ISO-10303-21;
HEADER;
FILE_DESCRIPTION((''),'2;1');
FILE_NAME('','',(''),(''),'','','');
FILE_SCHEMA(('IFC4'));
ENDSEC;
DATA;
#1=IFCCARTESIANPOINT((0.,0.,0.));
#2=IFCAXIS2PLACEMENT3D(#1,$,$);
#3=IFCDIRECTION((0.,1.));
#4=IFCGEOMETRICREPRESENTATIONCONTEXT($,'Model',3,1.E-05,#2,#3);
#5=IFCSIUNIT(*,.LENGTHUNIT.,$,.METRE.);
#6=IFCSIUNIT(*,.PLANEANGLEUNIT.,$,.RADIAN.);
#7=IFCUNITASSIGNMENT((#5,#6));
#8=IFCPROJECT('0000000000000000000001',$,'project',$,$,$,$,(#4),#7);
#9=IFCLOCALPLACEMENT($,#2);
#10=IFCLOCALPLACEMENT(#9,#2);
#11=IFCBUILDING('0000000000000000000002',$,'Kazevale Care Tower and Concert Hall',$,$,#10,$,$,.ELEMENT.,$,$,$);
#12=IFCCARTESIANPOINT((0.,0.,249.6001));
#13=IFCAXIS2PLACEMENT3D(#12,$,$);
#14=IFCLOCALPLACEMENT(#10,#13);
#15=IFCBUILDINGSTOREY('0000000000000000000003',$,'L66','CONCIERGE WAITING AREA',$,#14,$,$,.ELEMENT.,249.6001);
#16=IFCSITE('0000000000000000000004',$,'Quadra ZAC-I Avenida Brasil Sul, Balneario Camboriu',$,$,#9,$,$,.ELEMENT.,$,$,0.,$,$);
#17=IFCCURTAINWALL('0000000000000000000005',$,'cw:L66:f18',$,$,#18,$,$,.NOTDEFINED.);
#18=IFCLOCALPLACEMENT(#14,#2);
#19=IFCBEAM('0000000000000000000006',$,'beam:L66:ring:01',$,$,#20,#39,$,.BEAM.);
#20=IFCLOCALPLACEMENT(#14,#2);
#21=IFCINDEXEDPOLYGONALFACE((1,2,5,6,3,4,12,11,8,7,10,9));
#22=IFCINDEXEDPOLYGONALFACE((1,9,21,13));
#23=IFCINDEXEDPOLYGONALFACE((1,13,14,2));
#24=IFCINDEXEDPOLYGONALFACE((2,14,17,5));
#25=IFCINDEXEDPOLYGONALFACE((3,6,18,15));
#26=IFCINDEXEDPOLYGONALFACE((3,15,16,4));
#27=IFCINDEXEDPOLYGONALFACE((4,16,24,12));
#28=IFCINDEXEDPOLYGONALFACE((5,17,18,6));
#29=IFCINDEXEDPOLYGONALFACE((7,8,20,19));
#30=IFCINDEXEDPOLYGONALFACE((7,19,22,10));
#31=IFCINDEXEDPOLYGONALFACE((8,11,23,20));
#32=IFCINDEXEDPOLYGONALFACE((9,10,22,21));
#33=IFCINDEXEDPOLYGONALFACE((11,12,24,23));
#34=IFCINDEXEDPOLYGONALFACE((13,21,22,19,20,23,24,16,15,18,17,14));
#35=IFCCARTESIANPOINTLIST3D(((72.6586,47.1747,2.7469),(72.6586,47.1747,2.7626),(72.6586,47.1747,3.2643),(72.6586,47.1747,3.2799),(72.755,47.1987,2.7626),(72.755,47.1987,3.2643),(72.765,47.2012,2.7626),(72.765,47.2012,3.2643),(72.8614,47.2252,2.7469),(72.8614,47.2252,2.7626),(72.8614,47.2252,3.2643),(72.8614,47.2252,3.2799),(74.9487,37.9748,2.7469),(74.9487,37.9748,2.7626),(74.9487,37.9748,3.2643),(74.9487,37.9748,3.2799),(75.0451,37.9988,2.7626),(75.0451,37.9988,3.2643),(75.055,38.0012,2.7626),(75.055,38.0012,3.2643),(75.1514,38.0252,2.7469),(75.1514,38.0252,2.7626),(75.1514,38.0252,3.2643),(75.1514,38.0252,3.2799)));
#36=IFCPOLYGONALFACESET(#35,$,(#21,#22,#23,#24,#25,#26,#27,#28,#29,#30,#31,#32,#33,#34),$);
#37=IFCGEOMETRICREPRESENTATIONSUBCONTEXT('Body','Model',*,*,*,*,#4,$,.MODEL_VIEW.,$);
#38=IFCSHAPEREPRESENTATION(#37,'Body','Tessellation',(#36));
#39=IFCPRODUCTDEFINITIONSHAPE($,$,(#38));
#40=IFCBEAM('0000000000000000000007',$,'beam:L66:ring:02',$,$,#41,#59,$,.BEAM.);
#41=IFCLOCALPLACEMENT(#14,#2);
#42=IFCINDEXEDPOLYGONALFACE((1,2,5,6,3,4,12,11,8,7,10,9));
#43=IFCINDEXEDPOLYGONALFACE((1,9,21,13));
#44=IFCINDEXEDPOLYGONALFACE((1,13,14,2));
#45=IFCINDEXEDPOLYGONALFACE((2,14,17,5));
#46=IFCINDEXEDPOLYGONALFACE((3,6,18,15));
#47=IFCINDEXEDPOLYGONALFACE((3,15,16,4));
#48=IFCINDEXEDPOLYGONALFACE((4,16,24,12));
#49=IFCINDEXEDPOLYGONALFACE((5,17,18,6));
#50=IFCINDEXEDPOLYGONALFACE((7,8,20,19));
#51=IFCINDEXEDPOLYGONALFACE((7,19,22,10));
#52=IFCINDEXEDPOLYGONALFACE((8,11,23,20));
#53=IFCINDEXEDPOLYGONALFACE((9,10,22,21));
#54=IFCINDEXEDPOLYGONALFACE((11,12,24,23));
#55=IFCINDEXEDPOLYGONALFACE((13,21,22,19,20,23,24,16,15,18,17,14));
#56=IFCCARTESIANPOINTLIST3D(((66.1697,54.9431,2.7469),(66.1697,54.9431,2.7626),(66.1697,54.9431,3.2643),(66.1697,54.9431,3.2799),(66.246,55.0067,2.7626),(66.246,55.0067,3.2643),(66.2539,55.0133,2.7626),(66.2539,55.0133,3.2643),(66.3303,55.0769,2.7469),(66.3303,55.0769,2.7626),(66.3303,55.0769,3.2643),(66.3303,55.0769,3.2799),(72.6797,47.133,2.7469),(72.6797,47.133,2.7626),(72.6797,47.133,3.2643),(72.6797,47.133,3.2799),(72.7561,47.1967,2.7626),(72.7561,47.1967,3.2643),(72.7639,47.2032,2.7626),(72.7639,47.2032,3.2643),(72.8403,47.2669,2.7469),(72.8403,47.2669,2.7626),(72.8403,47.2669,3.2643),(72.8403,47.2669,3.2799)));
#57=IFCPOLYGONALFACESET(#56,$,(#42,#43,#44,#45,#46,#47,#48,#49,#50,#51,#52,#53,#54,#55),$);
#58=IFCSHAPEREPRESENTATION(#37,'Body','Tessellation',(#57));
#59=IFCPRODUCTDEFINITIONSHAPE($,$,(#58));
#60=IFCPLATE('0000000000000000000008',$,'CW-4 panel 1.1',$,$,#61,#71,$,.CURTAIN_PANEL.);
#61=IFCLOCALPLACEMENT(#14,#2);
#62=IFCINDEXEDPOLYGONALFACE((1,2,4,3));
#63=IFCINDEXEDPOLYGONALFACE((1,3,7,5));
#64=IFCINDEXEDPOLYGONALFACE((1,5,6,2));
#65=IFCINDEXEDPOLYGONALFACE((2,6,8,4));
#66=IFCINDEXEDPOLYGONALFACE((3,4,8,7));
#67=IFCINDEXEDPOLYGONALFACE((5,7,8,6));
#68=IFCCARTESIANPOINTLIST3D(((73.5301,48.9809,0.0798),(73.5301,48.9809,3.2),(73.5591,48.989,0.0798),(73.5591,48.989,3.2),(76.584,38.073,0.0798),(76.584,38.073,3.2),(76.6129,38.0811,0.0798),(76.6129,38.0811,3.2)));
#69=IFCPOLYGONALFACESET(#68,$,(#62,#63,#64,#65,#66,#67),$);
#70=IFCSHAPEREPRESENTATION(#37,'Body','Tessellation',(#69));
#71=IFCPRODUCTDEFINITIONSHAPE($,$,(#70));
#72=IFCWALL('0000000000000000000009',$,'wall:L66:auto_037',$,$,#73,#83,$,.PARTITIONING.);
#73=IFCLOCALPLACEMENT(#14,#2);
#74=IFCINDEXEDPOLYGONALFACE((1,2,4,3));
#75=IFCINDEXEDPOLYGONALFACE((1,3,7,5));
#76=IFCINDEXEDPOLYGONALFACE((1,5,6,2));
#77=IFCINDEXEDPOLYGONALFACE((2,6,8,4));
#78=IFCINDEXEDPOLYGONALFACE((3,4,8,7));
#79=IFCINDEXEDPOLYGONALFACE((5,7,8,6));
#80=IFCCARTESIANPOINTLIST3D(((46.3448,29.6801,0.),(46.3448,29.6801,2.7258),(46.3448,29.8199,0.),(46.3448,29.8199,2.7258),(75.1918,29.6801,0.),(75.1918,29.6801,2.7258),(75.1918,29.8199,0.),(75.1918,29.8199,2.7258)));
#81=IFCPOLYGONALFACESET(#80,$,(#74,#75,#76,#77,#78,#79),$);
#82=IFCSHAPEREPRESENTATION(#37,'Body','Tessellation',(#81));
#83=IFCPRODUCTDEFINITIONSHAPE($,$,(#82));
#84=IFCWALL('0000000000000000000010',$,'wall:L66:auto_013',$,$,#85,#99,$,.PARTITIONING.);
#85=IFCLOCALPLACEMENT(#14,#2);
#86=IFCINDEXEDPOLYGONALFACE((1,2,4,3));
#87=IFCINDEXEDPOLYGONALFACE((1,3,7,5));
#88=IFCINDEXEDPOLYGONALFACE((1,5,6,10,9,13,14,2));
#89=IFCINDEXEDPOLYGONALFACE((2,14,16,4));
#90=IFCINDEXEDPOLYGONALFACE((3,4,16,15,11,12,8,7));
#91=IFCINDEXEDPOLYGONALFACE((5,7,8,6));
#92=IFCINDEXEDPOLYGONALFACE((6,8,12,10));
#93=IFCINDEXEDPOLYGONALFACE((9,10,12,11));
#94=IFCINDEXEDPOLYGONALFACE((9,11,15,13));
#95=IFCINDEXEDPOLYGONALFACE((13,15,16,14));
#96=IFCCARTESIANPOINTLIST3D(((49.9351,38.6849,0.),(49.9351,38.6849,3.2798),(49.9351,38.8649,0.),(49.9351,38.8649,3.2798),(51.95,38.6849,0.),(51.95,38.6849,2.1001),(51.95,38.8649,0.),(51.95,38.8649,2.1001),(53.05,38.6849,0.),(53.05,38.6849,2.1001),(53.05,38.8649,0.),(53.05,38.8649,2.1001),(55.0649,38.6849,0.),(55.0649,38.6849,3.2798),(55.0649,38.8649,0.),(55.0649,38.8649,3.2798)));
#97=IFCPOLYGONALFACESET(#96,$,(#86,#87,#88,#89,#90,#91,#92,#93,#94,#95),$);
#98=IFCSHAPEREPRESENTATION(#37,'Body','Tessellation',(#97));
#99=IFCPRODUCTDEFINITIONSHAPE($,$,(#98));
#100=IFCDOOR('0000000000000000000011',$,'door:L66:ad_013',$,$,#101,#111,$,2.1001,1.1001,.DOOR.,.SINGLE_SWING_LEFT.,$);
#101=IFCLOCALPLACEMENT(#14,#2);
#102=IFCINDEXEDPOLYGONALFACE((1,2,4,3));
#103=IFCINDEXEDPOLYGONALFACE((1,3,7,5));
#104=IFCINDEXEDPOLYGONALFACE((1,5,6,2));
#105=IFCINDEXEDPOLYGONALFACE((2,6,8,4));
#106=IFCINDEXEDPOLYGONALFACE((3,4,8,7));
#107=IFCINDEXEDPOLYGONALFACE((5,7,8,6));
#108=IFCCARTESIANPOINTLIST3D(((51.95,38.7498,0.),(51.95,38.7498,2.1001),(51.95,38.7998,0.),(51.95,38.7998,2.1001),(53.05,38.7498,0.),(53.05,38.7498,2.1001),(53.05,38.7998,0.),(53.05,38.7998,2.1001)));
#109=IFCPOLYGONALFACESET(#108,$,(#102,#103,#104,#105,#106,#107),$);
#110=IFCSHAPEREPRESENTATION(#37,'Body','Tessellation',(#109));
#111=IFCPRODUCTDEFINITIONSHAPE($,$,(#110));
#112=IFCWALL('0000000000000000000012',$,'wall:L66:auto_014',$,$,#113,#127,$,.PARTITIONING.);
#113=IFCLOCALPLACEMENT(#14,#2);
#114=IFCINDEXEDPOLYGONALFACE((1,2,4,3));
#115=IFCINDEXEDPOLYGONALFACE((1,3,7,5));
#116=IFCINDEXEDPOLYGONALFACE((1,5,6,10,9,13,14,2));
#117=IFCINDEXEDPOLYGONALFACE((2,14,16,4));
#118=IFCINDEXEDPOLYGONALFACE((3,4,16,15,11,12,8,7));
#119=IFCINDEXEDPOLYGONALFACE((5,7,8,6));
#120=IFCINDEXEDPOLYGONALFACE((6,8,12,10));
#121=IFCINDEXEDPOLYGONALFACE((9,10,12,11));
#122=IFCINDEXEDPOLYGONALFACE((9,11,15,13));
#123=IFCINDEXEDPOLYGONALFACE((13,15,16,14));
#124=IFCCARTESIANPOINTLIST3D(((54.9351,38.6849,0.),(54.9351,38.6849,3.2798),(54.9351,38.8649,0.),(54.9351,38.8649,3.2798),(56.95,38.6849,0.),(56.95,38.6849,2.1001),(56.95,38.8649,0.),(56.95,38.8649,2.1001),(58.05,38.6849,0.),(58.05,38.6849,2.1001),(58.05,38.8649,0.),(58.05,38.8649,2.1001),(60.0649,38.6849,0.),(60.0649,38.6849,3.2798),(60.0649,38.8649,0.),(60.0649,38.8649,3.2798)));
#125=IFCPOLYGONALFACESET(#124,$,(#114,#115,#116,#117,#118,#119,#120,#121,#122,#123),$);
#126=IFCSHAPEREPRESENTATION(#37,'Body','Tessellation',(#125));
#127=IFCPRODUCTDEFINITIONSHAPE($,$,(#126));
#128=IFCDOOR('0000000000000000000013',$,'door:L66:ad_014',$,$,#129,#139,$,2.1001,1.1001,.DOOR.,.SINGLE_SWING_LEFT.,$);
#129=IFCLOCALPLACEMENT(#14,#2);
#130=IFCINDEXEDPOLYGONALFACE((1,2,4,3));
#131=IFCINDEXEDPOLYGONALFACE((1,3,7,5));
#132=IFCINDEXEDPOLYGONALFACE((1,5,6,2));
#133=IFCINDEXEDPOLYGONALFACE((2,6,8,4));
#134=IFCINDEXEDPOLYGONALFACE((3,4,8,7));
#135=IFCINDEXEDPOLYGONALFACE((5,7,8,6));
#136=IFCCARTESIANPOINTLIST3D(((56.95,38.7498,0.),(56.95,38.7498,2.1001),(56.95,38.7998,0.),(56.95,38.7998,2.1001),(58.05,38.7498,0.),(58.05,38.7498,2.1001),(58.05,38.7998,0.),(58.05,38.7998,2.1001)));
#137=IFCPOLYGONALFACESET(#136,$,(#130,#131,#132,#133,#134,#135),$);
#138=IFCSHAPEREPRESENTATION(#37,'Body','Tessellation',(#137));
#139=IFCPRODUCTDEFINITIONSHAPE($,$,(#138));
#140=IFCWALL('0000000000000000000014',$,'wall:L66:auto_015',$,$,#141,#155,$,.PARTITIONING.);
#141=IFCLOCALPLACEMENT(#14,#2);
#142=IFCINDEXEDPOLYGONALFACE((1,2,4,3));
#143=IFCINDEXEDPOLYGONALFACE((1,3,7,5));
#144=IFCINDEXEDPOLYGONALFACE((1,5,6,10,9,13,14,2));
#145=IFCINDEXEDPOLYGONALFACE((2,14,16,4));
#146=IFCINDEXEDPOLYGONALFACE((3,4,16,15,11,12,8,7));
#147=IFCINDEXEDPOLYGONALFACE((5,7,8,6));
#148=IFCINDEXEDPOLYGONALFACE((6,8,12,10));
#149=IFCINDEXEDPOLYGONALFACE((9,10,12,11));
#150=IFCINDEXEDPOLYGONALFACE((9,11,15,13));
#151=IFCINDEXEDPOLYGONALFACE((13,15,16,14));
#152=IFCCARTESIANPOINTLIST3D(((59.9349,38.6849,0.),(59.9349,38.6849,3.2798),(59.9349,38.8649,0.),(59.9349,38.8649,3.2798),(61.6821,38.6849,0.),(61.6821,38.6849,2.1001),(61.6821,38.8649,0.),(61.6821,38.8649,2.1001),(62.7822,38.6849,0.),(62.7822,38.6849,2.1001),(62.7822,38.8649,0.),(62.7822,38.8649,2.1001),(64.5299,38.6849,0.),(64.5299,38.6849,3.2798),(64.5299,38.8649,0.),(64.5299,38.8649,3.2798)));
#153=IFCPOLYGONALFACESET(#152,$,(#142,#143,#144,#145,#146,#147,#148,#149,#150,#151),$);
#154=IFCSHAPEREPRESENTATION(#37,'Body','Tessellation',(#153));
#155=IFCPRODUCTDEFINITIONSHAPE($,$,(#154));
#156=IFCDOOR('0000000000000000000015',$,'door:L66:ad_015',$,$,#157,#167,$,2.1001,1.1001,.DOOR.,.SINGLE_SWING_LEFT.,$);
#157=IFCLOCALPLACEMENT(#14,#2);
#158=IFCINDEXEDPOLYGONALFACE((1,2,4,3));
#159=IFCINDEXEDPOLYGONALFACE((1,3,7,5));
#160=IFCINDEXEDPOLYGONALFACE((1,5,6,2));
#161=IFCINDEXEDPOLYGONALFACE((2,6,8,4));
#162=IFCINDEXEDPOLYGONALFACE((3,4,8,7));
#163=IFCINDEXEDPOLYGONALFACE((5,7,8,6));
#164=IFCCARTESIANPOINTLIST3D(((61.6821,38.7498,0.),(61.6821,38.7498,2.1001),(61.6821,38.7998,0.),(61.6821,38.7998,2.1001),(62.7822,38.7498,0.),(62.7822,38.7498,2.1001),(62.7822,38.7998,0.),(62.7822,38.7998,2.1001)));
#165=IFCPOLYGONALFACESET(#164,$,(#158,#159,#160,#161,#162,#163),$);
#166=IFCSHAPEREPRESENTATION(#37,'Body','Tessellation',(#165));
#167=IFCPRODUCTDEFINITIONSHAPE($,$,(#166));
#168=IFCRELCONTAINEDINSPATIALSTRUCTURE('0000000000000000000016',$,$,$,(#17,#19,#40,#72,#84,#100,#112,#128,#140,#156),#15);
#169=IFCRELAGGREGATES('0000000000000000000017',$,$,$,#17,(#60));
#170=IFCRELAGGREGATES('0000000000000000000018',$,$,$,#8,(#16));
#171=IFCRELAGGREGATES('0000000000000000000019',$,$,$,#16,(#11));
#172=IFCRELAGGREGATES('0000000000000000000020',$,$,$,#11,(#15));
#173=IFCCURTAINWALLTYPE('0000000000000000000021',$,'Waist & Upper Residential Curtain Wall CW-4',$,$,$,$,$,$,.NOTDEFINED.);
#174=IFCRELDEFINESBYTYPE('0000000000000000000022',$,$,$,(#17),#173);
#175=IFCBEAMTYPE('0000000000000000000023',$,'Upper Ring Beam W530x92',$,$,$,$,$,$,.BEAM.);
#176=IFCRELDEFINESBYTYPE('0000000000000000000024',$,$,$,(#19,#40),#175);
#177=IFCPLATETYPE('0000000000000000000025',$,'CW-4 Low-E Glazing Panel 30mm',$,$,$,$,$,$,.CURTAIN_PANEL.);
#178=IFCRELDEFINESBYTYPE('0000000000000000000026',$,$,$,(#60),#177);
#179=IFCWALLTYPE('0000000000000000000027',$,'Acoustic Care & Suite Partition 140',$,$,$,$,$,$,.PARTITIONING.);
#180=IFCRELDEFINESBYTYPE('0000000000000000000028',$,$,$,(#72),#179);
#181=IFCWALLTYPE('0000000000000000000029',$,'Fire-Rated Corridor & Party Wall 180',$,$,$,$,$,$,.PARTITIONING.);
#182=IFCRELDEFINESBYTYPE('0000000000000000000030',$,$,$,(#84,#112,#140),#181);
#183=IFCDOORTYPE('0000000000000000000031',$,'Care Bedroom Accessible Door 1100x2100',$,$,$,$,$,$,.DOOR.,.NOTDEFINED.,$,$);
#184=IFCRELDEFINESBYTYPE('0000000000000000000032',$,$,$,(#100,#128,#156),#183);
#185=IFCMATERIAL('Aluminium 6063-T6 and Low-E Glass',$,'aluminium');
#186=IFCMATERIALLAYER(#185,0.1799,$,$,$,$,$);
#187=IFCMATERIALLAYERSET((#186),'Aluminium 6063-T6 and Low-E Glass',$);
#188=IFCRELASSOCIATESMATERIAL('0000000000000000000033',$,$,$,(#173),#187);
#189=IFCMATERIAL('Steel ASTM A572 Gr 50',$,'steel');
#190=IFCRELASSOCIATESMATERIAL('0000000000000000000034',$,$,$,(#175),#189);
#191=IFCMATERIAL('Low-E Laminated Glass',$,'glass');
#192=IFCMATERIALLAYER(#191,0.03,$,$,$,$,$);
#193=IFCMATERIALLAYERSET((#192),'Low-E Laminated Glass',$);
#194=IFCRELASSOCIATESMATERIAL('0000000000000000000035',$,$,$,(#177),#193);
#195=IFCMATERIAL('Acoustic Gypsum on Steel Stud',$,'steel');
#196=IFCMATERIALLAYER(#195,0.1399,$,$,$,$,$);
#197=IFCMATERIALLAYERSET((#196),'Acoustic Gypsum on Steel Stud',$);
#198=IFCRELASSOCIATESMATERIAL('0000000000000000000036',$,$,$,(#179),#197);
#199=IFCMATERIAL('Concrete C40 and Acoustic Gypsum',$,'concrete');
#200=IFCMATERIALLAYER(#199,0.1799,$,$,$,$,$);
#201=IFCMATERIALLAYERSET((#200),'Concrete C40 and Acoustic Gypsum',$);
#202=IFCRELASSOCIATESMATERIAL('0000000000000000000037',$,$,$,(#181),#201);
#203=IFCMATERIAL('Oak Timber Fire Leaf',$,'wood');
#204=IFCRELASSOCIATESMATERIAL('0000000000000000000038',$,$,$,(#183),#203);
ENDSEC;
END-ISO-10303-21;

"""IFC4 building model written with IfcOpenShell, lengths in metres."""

from ifc_helpers import new_model, si_unit, direction, frame, frame_2d, origin, origin_2d, place, context, subcontext, project, spatial, rectangle, i_section, extrude, material, layer, layer_set, material_profile, profile_set, type_object, element, fill, aggregate, save


model = new_model("IFC4")

# Units and contexts
model_context = context("Model", 3, precision=1e-05, world=origin(), true_north=direction((0.0, 1.0)))
body_context = subcontext(model_context, "Body", "Model", "MODEL_VIEW")
ifc_project = project(units=[si_unit("LENGTHUNIT", "METRE"), si_unit("PLANEANGLEUNIT", "RADIAN")], contexts=[model_context])

# Site, building, storey
site_placement = place(None, origin())
site = spatial("IfcSite", under=ifc_project, at=site_placement, Name="Quadra ZAC-I Avenida Brasil Sul, Balneario Camboriu", CompositionType="ELEMENT", RefElevation=0.0)
building_placement = place(site_placement, origin())
building = spatial("IfcBuilding", under=site, at=building_placement, Name="Kazevale Care Tower and Concert Hall", CompositionType="ELEMENT")
storey_placement = place(building_placement, frame((0.0, 0.0, 249.6001)))
storey = spatial("IfcBuildingStorey", under=building, at=storey_placement, Name="L66", Description="CONCIERGE WAITING AREA", CompositionType="ELEMENT", Elevation=249.6001)

# Curtain wall
ifc_material_1 = material(Name="Aluminium 6063-T6 and Low-E Glass", Category="aluminium")
ifc_layer_1 = layer(ifc_material_1, 0.1799)
ifc_layer_set_1 = layer_set([ifc_layer_1], Name="Aluminium 6063-T6 and Low-E Glass")
curtain_wall_type = type_object("IfcCurtainWallType", Name="Waist & Upper Residential Curtain Wall CW-4", PredefinedType="NOTDEFINED", material=ifc_layer_set_1)
curtain_wall_placement = place(storey_placement, origin())
curtain_wall = element("IfcCurtainWall", 1, at=curtain_wall_placement, inside=storey, type_object=curtain_wall_type, Name="cw:L66:f18", PredefinedType="NOTDEFINED")

# Beams
ifc_material_2 = material(Name="Steel ASTM A572 Gr 50", Category="steel")
ifc_material_profile_1 = material_profile(ifc_material_2, i_section(OverallWidth=0.209, OverallDepth=0.533, WebThickness=0.0103, FlangeThickness=0.0156, at=origin_2d()), Name="W530x92")
ifc_profile_set_1 = profile_set([ifc_material_profile_1], Name="Steel ASTM A572 Gr 50")
beam_type_1 = type_object("IfcBeamType", Name="Upper Ring Beam W530x92", PredefinedType="BEAM", material=ifc_profile_set_1)
beam_1_placement = place(storey_placement, frame((75.05, 38.0, 3.0134), z_axis=(-0.241548, 0.970389, 0.0), x_axis=(-0.970389, -0.241548, 0.0)))
element("IfcBeam", 2, at=beam_1_placement, inside=storey, type_object=beam_type_1, Name="beam:L66:ring:01", PredefinedType="BEAM", context=body_context, shape_type="SweptSolid", body=[
    extrude(i_section(OverallWidth=0.209, OverallDepth=0.533, WebThickness=0.0103, FlangeThickness=0.0156, at=origin_2d()), origin(), (0.0, 0.0, 1.0), 9.4807),
])
beam_2_placement = place(storey_placement, frame((72.76, 47.2, 3.0134), z_axis=(-0.640279, 0.768143, 0.0), x_axis=(-0.768143, -0.640279, 0.0)))
element("IfcBeam", 3, at=beam_2_placement, inside=storey, type_object=beam_type_1, Name="beam:L66:ring:02", PredefinedType="BEAM", context=body_context, shape_type="SweptSolid", body=[
    extrude(i_section(OverallWidth=0.209, OverallDepth=0.533, WebThickness=0.0103, FlangeThickness=0.0156, at=origin_2d()), origin(), (0.0, 0.0, 1.0), 10.1675),
])

# Plate
ifc_material_3 = material(Name="Low-E Laminated Glass", Category="glass")
ifc_layer_2 = layer(ifc_material_3, 0.03)
ifc_layer_set_2 = layer_set([ifc_layer_2], Name="Low-E Laminated Glass")
plate_type = type_object("IfcPlateType", Name="CW-4 Low-E Glazing Panel 30mm", PredefinedType="CURTAIN_PANEL", material=ifc_layer_set_2)
plate_placement = place(storey_placement, frame((75.0715, 43.531, 0.0798), z_axis=(0.0, 0.0, 1.0), x_axis=(0.269601, -0.962972, 0.0)))
plate = element("IfcPlate", 4, at=plate_placement, type_object=plate_type, Name="CW-4 panel 1.1", PredefinedType="CURTAIN_PANEL", context=body_context, shape_type="SweptSolid", body=[
    extrude(rectangle(XDim=11.3274, YDim=0.03, at=origin_2d()), origin(), (0.0, 0.0, 1.0), 3.1201),
])
aggregate(curtain_wall, [plate])

# Wall
ifc_material_4 = material(Name="Acoustic Gypsum on Steel Stud", Category="steel")
ifc_layer_3 = layer(ifc_material_4, 0.1399)
ifc_layer_set_3 = layer_set([ifc_layer_3], Name="Acoustic Gypsum on Steel Stud")
wall_type_1 = type_object("IfcWallType", Name="Acoustic Care & Suite Partition 140", PredefinedType="PARTITIONING", material=ifc_layer_set_3)
wall_1_placement = place(storey_placement, frame((46.345, 29.75, 0.0), z_axis=(0.0, 0.0, 1.0), x_axis=(1.0, 0.0, 0.0)))
element("IfcWall", 5, at=wall_1_placement, inside=storey, type_object=wall_type_1, Name="wall:L66:auto_037", PredefinedType="PARTITIONING", context=body_context, shape_type="SweptSolid", body=[
    extrude(rectangle(XDim=28.8469, YDim=0.1399, at=frame_2d((14.4233, 0.0))), origin(), (0.0, 0.0, 1.0), 2.7258),
])

# Walls, openings, doors
ifc_material_5 = material(Name="Concrete C40 and Acoustic Gypsum", Category="concrete")
ifc_layer_4 = layer(ifc_material_5, 0.1799)
ifc_layer_set_4 = layer_set([ifc_layer_4], Name="Concrete C40 and Acoustic Gypsum")
wall_type_2 = type_object("IfcWallType", Name="Fire-Rated Corridor & Party Wall 180", PredefinedType="PARTITIONING", material=ifc_layer_set_4)
wall_2_placement = place(storey_placement, frame((49.9351, 38.7749, 0.0), z_axis=(0.0, 0.0, 1.0), x_axis=(1.0, 0.0, 0.0)))
wall_2 = element("IfcWall", 6, at=wall_2_placement, inside=storey, type_object=wall_type_2, Name="wall:L66:auto_013", PredefinedType="PARTITIONING", context=body_context, shape_type="SweptSolid", body=[
    extrude(rectangle(XDim=5.1299, YDim=0.1799, at=frame_2d((2.5649, 0.0))), origin(), (0.0, 0.0, 1.0), 3.2798),
])
opening_1_placement = place(wall_2_placement, frame((2.0149, 0.0, 0.0)))
opening_1 = element("IfcOpeningElement", 7, at=opening_1_placement, cuts=wall_2, PredefinedType="OPENING", context=body_context, shape_type="SweptSolid", body=[
    extrude(rectangle(XDim=1.1001, YDim=2.1001, at=frame_2d((0.55, 1.05))), frame((0.0, 0.0999, 0.0), z_axis=(0.0, -1.0, 0.0), x_axis=(1.0, 0.0, 0.0)), (0.0, 0.0, 1.0), 0.2),
])
ifc_material_6 = material(Name="Oak Timber Fire Leaf", Category="wood")
door_type = type_object("IfcDoorType", Name="Care Bedroom Accessible Door 1100x2100", OperationType="NOTDEFINED", PredefinedType="DOOR", material=ifc_material_6)
door_1_placement = place(opening_1_placement, origin())
door_1 = element("IfcDoor", 8, at=door_1_placement, inside=storey, type_object=door_type, Name="door:L66:ad_013", OperationType="SINGLE_SWING_LEFT", OverallHeight=2.1001, OverallWidth=1.1001, PredefinedType="DOOR", context=body_context, shape_type="SweptSolid", body=[
    extrude(rectangle(XDim=1.1001, YDim=2.1001, at=frame_2d((0.55, 1.05))), frame((0.0, 0.0249, 0.0), z_axis=(0.0, -1.0, 0.0), x_axis=(1.0, 0.0, 0.0)), (0.0, 0.0, 1.0), 0.05),
])
fill(opening_1, door_1)
wall_3_placement = place(storey_placement, frame((54.9351, 38.7749, 0.0), z_axis=(0.0, 0.0, 1.0), x_axis=(1.0, 0.0, 0.0)))
wall_3 = element("IfcWall", 9, at=wall_3_placement, inside=storey, type_object=wall_type_2, Name="wall:L66:auto_014", PredefinedType="PARTITIONING", context=body_context, shape_type="SweptSolid", body=[
    extrude(rectangle(XDim=5.1299, YDim=0.1799, at=frame_2d((2.5649, 0.0))), origin(), (0.0, 0.0, 1.0), 3.2798),
])
opening_2_placement = place(wall_3_placement, frame((2.0149, 0.0, 0.0)))
opening_2 = element("IfcOpeningElement", 10, at=opening_2_placement, cuts=wall_3, PredefinedType="OPENING", context=body_context, shape_type="SweptSolid", body=[
    extrude(rectangle(XDim=1.1001, YDim=2.1001, at=frame_2d((0.55, 1.05))), frame((0.0, 0.0999, 0.0), z_axis=(0.0, -1.0, 0.0), x_axis=(1.0, 0.0, 0.0)), (0.0, 0.0, 1.0), 0.2),
])
door_2_placement = place(opening_2_placement, origin())
door_2 = element("IfcDoor", 11, at=door_2_placement, inside=storey, type_object=door_type, Name="door:L66:ad_014", OperationType="SINGLE_SWING_LEFT", OverallHeight=2.1001, OverallWidth=1.1001, PredefinedType="DOOR", context=body_context, shape_type="SweptSolid", body=[
    extrude(rectangle(XDim=1.1001, YDim=2.1001, at=frame_2d((0.55, 1.05))), frame((0.0, 0.0249, 0.0), z_axis=(0.0, -1.0, 0.0), x_axis=(1.0, 0.0, 0.0)), (0.0, 0.0, 1.0), 0.05),
])
fill(opening_2, door_2)
wall_4_placement = place(storey_placement, frame((59.9351, 38.7749, 0.0), z_axis=(0.0, 0.0, 1.0), x_axis=(1.0, 0.0, 0.0)))
wall_4 = element("IfcWall", 12, at=wall_4_placement, inside=storey, type_object=wall_type_2, Name="wall:L66:auto_015", PredefinedType="PARTITIONING", context=body_context, shape_type="SweptSolid", body=[
    extrude(rectangle(XDim=4.595, YDim=0.1799, at=frame_2d((2.2974, 0.0))), origin(), (0.0, 0.0, 1.0), 3.2798),
])
opening_3_placement = place(wall_4_placement, frame((1.7471, 0.0, 0.0)))
opening_3 = element("IfcOpeningElement", 13, at=opening_3_placement, cuts=wall_4, PredefinedType="OPENING", context=body_context, shape_type="SweptSolid", body=[
    extrude(rectangle(XDim=1.1001, YDim=2.1001, at=frame_2d((0.55, 1.05))), frame((0.0, 0.0999, 0.0), z_axis=(0.0, -1.0, 0.0), x_axis=(1.0, 0.0, 0.0)), (0.0, 0.0, 1.0), 0.2),
])
door_3_placement = place(opening_3_placement, origin())
door_3 = element("IfcDoor", 14, at=door_3_placement, inside=storey, type_object=door_type, Name="door:L66:ad_015", OperationType="SINGLE_SWING_LEFT", OverallHeight=2.1001, OverallWidth=1.1001, PredefinedType="DOOR", context=body_context, shape_type="SweptSolid", body=[
    extrude(rectangle(XDim=1.1001, YDim=2.1001, at=frame_2d((0.55, 1.05))), frame((0.0, 0.0249, 0.0), z_axis=(0.0, -1.0, 0.0), x_axis=(1.0, 0.0, 0.0)), (0.0, 0.0, 1.0), 0.05),
])
fill(opening_3, door_3)

save(model, "model.ifc")
